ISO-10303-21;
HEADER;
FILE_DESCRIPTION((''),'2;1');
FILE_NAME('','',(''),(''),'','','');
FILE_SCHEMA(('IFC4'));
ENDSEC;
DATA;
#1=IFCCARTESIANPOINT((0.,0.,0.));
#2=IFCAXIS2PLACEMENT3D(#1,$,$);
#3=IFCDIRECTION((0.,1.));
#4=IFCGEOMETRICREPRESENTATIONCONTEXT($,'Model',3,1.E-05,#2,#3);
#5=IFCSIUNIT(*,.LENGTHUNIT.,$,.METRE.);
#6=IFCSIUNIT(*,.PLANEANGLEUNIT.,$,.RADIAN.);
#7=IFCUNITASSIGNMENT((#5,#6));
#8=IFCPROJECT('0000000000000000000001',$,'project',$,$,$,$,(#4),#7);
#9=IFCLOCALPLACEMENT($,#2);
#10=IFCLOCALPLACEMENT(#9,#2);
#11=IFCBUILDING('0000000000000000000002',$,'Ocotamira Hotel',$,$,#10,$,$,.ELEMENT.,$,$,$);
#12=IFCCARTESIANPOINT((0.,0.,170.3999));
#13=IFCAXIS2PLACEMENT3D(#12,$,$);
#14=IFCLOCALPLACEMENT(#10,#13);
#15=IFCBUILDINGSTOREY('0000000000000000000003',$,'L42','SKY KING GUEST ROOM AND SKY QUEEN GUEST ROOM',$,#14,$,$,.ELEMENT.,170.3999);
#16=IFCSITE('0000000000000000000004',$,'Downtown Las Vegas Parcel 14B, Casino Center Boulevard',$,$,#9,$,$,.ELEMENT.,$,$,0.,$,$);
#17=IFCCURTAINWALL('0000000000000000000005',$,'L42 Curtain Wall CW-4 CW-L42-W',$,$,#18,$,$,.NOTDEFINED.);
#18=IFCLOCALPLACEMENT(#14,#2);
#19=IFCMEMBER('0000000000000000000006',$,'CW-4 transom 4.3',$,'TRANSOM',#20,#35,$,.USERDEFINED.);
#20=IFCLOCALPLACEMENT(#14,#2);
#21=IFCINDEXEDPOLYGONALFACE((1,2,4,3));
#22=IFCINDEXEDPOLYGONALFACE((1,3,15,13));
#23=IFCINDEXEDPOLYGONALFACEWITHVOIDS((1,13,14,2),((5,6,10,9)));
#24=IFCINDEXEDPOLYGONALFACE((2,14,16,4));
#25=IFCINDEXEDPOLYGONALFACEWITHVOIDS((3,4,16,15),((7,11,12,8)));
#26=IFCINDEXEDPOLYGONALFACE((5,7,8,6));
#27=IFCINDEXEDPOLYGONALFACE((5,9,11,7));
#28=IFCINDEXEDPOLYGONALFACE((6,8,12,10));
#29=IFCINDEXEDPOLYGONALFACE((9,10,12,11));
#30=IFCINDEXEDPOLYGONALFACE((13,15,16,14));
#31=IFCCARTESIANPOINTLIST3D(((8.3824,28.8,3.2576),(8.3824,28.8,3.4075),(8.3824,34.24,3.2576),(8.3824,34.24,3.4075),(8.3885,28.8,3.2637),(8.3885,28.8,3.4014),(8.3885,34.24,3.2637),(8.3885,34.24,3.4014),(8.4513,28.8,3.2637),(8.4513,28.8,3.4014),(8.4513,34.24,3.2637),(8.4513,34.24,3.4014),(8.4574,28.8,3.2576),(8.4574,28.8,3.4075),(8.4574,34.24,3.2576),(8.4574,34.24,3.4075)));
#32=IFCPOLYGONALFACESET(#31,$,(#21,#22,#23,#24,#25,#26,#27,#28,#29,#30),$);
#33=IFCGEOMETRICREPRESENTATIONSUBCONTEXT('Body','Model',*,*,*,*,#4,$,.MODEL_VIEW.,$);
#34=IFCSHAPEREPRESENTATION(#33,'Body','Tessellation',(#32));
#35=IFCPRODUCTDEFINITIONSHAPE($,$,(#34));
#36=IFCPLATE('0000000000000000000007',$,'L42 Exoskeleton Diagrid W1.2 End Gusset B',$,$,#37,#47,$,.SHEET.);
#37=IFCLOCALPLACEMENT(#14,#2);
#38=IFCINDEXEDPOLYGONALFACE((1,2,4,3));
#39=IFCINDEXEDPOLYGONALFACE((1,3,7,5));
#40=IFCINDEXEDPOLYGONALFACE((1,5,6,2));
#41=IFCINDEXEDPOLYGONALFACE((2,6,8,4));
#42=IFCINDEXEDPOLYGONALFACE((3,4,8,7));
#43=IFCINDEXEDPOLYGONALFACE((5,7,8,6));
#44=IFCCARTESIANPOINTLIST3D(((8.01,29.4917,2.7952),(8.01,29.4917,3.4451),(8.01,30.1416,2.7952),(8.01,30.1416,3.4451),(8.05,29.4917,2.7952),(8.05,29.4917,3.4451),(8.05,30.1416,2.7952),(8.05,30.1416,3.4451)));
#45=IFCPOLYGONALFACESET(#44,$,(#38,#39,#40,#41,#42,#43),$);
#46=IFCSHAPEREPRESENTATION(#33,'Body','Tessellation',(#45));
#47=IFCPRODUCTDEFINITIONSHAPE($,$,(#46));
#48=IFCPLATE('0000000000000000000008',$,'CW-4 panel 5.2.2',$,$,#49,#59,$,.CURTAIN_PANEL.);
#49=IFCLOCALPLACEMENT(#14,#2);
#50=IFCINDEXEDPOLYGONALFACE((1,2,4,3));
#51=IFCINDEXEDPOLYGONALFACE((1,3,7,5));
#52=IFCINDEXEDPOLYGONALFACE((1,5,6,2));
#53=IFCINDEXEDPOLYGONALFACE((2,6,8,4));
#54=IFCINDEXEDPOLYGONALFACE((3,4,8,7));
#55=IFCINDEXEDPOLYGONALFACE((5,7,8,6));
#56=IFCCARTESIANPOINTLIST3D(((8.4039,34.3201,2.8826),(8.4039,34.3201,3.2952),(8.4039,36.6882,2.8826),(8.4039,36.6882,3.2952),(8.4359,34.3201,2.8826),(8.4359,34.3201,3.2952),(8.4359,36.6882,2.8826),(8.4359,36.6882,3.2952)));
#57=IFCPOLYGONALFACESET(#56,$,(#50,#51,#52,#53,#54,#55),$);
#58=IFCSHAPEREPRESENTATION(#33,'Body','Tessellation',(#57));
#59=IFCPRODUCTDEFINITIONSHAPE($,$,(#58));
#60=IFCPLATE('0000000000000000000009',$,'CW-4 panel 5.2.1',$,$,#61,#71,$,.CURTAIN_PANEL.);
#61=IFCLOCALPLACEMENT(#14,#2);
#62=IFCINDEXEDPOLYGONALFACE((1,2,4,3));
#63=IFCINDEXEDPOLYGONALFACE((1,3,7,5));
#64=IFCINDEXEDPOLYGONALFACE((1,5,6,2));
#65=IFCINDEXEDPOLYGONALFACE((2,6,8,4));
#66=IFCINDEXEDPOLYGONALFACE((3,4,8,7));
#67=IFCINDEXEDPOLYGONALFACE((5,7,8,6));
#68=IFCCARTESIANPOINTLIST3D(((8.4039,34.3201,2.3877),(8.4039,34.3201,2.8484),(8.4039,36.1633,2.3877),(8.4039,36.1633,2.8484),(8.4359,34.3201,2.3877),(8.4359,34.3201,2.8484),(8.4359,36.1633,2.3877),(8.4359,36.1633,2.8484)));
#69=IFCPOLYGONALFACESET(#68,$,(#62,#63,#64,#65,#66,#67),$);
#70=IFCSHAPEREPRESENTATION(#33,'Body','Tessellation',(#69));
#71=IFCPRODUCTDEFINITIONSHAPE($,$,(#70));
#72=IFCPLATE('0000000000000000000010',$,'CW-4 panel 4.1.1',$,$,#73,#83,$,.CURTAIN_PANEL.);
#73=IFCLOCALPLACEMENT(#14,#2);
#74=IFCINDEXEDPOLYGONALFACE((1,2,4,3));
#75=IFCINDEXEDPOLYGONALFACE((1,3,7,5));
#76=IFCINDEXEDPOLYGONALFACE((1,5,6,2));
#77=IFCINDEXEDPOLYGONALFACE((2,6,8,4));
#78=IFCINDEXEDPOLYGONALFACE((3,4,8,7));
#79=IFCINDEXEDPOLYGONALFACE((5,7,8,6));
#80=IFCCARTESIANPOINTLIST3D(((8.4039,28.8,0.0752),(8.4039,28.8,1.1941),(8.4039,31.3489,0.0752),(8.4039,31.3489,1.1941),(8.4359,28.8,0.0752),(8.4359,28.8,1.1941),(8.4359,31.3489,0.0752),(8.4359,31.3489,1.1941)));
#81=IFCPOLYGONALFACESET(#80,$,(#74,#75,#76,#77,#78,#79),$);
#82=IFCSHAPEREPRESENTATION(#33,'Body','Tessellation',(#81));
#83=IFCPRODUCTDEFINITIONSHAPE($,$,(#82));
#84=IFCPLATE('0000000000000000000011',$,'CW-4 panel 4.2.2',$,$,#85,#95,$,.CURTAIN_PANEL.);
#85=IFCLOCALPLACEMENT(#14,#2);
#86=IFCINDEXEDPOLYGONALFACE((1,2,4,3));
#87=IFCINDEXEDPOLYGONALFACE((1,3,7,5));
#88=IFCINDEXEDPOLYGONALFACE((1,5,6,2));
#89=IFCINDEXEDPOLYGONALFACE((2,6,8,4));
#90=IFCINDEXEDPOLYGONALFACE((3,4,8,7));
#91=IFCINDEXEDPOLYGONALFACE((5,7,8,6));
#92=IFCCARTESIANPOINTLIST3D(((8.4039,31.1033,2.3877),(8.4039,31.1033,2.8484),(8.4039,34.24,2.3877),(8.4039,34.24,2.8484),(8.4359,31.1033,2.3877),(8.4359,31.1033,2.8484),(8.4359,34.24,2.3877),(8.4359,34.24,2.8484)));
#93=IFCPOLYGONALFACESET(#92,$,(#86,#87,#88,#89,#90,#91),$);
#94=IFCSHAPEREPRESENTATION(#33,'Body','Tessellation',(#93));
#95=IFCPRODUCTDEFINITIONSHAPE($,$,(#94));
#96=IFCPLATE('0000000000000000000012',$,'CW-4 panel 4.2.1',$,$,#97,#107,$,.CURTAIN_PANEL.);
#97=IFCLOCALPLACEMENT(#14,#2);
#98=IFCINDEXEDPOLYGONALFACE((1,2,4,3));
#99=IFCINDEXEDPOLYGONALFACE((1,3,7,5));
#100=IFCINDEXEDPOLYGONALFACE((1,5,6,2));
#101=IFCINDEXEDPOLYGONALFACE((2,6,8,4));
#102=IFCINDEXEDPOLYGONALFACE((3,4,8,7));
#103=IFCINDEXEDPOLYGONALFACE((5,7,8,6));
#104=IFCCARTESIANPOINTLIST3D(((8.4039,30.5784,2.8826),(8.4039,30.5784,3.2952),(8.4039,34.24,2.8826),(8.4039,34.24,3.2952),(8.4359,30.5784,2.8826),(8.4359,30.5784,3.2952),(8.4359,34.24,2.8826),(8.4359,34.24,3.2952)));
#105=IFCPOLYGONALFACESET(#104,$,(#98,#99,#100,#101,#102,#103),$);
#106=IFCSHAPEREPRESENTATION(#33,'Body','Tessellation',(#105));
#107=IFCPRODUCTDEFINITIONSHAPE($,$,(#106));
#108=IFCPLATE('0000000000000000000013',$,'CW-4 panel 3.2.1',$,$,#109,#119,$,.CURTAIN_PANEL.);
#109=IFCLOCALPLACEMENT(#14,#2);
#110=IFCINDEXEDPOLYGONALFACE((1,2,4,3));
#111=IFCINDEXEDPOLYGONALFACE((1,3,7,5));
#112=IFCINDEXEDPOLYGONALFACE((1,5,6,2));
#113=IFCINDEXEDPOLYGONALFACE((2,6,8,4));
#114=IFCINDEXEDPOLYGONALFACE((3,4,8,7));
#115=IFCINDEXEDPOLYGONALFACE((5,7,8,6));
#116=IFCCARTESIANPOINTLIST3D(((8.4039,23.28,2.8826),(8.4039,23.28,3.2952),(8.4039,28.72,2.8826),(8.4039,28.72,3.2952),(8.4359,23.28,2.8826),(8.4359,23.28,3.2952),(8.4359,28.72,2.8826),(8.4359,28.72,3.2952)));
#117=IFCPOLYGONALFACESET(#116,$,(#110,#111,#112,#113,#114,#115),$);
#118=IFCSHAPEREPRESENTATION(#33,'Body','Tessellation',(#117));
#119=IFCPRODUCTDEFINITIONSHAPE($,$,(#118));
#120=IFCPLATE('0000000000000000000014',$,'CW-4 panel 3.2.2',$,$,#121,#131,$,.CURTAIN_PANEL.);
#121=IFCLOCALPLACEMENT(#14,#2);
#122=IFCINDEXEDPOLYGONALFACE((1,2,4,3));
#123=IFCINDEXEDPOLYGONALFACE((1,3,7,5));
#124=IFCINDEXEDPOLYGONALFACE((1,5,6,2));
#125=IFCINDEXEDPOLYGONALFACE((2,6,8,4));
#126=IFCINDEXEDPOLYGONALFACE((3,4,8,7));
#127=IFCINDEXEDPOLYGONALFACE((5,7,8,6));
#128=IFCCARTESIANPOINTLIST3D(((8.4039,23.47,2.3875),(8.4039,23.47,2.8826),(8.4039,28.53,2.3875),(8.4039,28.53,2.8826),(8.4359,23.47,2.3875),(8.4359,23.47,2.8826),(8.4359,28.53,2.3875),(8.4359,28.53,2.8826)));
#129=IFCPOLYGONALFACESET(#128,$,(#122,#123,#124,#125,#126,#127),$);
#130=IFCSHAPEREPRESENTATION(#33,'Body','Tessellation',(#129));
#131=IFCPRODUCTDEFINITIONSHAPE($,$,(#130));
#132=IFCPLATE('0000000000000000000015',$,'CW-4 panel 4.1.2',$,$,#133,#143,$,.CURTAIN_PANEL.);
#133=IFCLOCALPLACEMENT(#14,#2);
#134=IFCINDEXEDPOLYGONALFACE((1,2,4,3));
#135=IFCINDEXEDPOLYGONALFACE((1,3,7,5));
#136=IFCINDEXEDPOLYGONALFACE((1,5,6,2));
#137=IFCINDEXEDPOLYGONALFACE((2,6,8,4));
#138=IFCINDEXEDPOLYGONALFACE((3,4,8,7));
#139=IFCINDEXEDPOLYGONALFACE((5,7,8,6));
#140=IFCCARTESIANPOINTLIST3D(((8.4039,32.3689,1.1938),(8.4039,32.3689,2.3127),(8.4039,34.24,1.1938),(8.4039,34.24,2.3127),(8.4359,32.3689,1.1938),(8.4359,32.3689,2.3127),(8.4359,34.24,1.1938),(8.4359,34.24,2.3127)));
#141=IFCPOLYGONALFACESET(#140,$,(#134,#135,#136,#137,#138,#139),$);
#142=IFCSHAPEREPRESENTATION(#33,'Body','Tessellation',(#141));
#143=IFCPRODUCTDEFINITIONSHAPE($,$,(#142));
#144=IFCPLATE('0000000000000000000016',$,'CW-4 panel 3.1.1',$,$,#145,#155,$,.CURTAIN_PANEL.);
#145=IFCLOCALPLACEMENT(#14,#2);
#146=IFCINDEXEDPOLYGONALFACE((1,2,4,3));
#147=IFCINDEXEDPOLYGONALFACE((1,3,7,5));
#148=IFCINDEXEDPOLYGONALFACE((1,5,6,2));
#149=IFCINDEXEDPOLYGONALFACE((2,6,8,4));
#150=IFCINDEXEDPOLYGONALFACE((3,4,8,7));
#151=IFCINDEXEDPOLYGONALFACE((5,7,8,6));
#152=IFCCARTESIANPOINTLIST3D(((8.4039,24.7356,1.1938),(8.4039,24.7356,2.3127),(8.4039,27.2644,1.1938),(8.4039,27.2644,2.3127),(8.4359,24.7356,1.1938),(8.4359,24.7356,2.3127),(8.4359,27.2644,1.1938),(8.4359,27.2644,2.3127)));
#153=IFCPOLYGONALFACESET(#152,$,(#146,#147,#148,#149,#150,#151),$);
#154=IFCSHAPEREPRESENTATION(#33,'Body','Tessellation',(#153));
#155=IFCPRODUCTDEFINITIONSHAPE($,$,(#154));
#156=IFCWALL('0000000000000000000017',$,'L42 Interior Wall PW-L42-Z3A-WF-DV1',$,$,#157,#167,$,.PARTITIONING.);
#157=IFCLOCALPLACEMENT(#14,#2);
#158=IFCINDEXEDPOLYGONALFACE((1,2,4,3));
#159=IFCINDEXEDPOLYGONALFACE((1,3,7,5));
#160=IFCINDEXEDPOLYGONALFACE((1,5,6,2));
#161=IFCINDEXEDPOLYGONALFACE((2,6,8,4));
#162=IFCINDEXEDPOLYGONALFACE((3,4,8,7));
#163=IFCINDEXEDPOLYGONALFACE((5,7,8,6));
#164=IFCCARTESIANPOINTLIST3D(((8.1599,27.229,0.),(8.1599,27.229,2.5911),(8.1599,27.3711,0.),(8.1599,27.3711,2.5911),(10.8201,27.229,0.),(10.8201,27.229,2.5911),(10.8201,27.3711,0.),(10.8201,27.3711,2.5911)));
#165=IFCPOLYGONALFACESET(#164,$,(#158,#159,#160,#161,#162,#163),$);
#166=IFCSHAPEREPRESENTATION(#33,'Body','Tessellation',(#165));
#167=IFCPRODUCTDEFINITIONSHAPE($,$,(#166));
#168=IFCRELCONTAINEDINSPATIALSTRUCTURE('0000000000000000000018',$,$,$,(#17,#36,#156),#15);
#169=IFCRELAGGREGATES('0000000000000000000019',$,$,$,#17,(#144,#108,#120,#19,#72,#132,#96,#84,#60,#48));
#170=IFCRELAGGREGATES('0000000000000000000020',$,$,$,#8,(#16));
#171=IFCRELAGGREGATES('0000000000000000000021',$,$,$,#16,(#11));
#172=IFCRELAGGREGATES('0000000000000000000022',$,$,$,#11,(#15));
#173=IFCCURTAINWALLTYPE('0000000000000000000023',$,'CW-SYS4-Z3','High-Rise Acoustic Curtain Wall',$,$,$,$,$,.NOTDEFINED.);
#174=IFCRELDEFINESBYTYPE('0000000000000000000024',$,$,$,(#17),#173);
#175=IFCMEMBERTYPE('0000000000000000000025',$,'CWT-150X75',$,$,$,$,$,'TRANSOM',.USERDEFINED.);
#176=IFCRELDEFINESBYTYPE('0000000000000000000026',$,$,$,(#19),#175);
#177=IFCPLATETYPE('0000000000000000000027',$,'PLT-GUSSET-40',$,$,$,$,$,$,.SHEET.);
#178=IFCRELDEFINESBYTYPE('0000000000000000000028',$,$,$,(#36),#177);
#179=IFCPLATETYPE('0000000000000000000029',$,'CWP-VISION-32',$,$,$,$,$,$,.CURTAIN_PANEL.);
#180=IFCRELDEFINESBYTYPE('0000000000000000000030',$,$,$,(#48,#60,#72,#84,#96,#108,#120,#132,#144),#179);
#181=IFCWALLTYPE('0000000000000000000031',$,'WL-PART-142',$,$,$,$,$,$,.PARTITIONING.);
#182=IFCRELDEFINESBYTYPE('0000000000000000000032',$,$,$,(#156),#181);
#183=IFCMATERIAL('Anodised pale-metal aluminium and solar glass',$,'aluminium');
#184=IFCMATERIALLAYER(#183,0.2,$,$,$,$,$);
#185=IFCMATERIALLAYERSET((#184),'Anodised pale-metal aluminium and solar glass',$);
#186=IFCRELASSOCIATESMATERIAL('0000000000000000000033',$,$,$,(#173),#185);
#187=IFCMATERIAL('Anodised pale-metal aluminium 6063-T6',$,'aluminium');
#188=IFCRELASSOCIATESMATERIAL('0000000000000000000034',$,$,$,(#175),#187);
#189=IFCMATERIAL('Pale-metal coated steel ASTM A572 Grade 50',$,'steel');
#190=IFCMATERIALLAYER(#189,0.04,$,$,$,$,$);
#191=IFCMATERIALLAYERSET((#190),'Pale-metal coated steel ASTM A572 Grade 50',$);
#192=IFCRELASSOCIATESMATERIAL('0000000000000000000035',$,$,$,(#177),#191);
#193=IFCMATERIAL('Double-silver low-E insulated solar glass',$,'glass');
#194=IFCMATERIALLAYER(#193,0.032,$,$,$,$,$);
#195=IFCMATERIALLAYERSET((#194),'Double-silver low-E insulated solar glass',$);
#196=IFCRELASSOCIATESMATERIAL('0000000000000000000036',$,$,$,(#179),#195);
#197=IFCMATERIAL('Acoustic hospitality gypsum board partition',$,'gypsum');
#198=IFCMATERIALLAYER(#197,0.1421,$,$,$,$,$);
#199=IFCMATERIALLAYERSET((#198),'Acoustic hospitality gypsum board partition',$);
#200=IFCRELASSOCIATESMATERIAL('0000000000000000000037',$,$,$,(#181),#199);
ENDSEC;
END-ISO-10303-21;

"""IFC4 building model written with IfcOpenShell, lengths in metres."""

from ifc_helpers import new_model, si_unit, direction, frame, frame_2d, origin, origin_2d, place, context, subcontext, project, spatial, rectangle, hollow_rectangle, extrude, source, transform, mapped, material, layer, layer_set, material_profile, profile_set, type_object, element, aggregate, save


model = new_model("IFC4")

# Units and contexts
model_context = context("Model", 3, precision=1e-05, world=origin(), true_north=direction((0.0, 1.0)))
body_context = subcontext(model_context, "Body", "Model", "MODEL_VIEW")
ifc_project = project(units=[si_unit("LENGTHUNIT", "METRE"), si_unit("PLANEANGLEUNIT", "RADIAN")], contexts=[model_context])

# Site, building, storey
site_placement = place(None, origin())
site = spatial("IfcSite", under=ifc_project, at=site_placement, Name="Downtown Las Vegas Parcel 14B, Casino Center Boulevard", CompositionType="ELEMENT", RefElevation=0.0)
building_placement = place(site_placement, origin())
building = spatial("IfcBuilding", under=site, at=building_placement, Name="Ocotamira Hotel", CompositionType="ELEMENT")
storey_placement = place(building_placement, frame((0.0, 0.0, 170.3999)))
storey = spatial("IfcBuildingStorey", under=building, at=storey_placement, Name="L42", Description="SKY KING GUEST ROOM AND SKY QUEEN GUEST ROOM", CompositionType="ELEMENT", Elevation=170.3999)

# Curtain wall, member
ifc_material_1 = material(Name="Anodised pale-metal aluminium and solar glass", Category="aluminium")
ifc_layer_1 = layer(ifc_material_1, 0.2)
ifc_layer_set_1 = layer_set([ifc_layer_1], Name="Anodised pale-metal aluminium and solar glass")
curtain_wall_type = type_object("IfcCurtainWallType", Name="CW-SYS4-Z3", Description="High-Rise Acoustic Curtain Wall", PredefinedType="NOTDEFINED", material=ifc_layer_set_1)
curtain_wall_placement = place(storey_placement, origin())
curtain_wall = element("IfcCurtainWall", 1, at=curtain_wall_placement, inside=storey, type_object=curtain_wall_type, Name="L42 Curtain Wall CW-4 CW-L42-W", PredefinedType="NOTDEFINED")
ifc_material_2 = material(Name="Anodised pale-metal aluminium 6063-T6", Category="aluminium")
ifc_material_profile_1 = material_profile(ifc_material_2, hollow_rectangle(XDim=0.075, YDim=0.1499, WallThickness=0.0061, at=origin_2d()), Name="HSS150X75X6")
ifc_profile_set_1 = profile_set([ifc_material_profile_1], Name="Anodised pale-metal aluminium 6063-T6")
member_type_1 = type_object("IfcMemberType", Name="CWT-150X75", ElementType="TRANSOM", PredefinedType="USERDEFINED", material=ifc_profile_set_1)
shared_shape_1 = source(origin(), body_context, "Body", "SweptSolid", [
    extrude(hollow_rectangle(XDim=0.075, YDim=0.1499, WallThickness=0.0061, at=origin_2d()), origin(), (0.0, 0.0, 1.0), 5.4399),
])
member_1_placement = place(storey_placement, frame((8.4199, 28.8, 3.3325), z_axis=(0.0, 1.0, 0.0), x_axis=(-1.0, 0.0, 0.0)))
member_1 = element("IfcMember", 2, at=member_1_placement, type_object=member_type_1, Name="CW-4 transom 4.3", ObjectType="TRANSOM", PredefinedType="USERDEFINED", context=body_context, shape_type="MappedRepresentation", body=[
    mapped(shared_shape_1, transform((0.0, 0.0, 0.0), scale=1.0)),
])

# Plates
ifc_material_3 = material(Name="Pale-metal coated steel ASTM A572 Grade 50", Category="steel")
ifc_layer_2 = layer(ifc_material_3, 0.04)
ifc_layer_set_2 = layer_set([ifc_layer_2], Name="Pale-metal coated steel ASTM A572 Grade 50")
plate_type_1 = type_object("IfcPlateType", Name="PLT-GUSSET-40", PredefinedType="SHEET", material=ifc_layer_set_2)
shared_shape_2 = source(origin(), body_context, "Body", "SweptSolid", [
    extrude(rectangle(XDim=0.04, YDim=0.6499, at=origin_2d()), origin(), (0.0, 0.0, 1.0), 0.6499),
])
plate_1_placement = place(storey_placement, frame((8.03, 29.8167, 2.7952), z_axis=(0.0, 0.0, 1.0), x_axis=(1.0, 0.0, 0.0)))
element("IfcPlate", 3, at=plate_1_placement, inside=storey, type_object=plate_type_1, Name="L42 Exoskeleton Diagrid W1.2 End Gusset B", PredefinedType="SHEET", context=body_context, shape_type="MappedRepresentation", body=[
    mapped(shared_shape_2, transform((0.0, 0.0, 0.0), scale=1.0)),
])
ifc_material_4 = material(Name="Double-silver low-E insulated solar glass", Category="glass")
ifc_layer_3 = layer(ifc_material_4, 0.032)
ifc_layer_set_3 = layer_set([ifc_layer_3], Name="Double-silver low-E insulated solar glass")
plate_type_2 = type_object("IfcPlateType", Name="CWP-VISION-32", PredefinedType="CURTAIN_PANEL", material=ifc_layer_set_3)
shared_shape_3 = source(origin(), body_context, "Body", "SweptSolid", [
    extrude(rectangle(XDim=2.3682, YDim=0.032, at=origin_2d()), origin(), (0.0, 0.0, 1.0), 0.4126),
])
plate_2_placement = place(storey_placement, frame((8.4199, 35.5042, 2.8826), z_axis=(0.0, 0.0, 1.0), x_axis=(0.0, 1.0, 0.0)))
plate_2 = element("IfcPlate", 4, at=plate_2_placement, type_object=plate_type_2, Name="CW-4 panel 5.2.2", PredefinedType="CURTAIN_PANEL", context=body_context, shape_type="MappedRepresentation", body=[
    mapped(shared_shape_3, transform((0.0, 0.0, 0.0), scale=1.0)),
])
shared_shape_4 = source(origin(), body_context, "Body", "SweptSolid", [
    extrude(rectangle(XDim=1.8433, YDim=0.032, at=origin_2d()), origin(), (0.0, 0.0, 1.0), 0.4607),
])
plate_3_placement = place(storey_placement, frame((8.4199, 35.2417, 2.3877), z_axis=(0.0, 0.0, 1.0), x_axis=(0.0, 1.0, 0.0)))
plate_3 = element("IfcPlate", 5, at=plate_3_placement, type_object=plate_type_2, Name="CW-4 panel 5.2.1", PredefinedType="CURTAIN_PANEL", context=body_context, shape_type="MappedRepresentation", body=[
    mapped(shared_shape_4, transform((0.0, 0.0, 0.0), scale=1.0)),
])
shared_shape_5 = source(origin(), body_context, "Body", "SweptSolid", [
    extrude(rectangle(XDim=2.5488, YDim=0.032, at=origin_2d()), origin(), (0.0, 0.0, 1.0), 1.1189),
])
plate_4_placement = place(storey_placement, frame((8.4199, 30.0745, 0.0752), z_axis=(0.0, 0.0, 1.0), x_axis=(0.0, 1.0, 0.0)))
plate_4 = element("IfcPlate", 6, at=plate_4_placement, type_object=plate_type_2, Name="CW-4 panel 4.1.1", PredefinedType="CURTAIN_PANEL", context=body_context, shape_type="MappedRepresentation", body=[
    mapped(shared_shape_5, transform((0.0, 0.0, 0.0), scale=1.0)),
])
shared_shape_6 = source(origin(), body_context, "Body", "SweptSolid", [
    extrude(rectangle(XDim=3.1367, YDim=0.032, at=origin_2d()), origin(), (0.0, 0.0, 1.0), 0.4607),
])
plate_5_placement = place(storey_placement, frame((8.4199, 32.6716, 2.3877), z_axis=(0.0, 0.0, 1.0), x_axis=(0.0, 1.0, 0.0)))
plate_5 = element("IfcPlate", 7, at=plate_5_placement, type_object=plate_type_2, Name="CW-4 panel 4.2.2", PredefinedType="CURTAIN_PANEL", context=body_context, shape_type="MappedRepresentation", body=[
    mapped(shared_shape_6, transform((0.0, 0.0, 0.0), scale=1.0)),
])
shared_shape_7 = source(origin(), body_context, "Body", "SweptSolid", [
    extrude(rectangle(XDim=3.6616, YDim=0.032, at=origin_2d()), origin(), (0.0, 0.0, 1.0), 0.4126),
])
plate_6_placement = place(storey_placement, frame((8.4199, 32.4092, 2.8826), z_axis=(0.0, 0.0, 1.0), x_axis=(0.0, 1.0, 0.0)))
plate_6 = element("IfcPlate", 8, at=plate_6_placement, type_object=plate_type_2, Name="CW-4 panel 4.2.1", PredefinedType="CURTAIN_PANEL", context=body_context, shape_type="MappedRepresentation", body=[
    mapped(shared_shape_7, transform((0.0, 0.0, 0.0), scale=1.0)),
])
shared_shape_8 = source(origin(), body_context, "Body", "SweptSolid", [
    extrude(rectangle(XDim=5.4399, YDim=0.032, at=origin_2d()), origin(), (0.0, 0.0, 1.0), 0.4126),
])
plate_7_placement = place(storey_placement, frame((8.4199, 26.0, 2.8826), z_axis=(0.0, 0.0, 1.0), x_axis=(0.0, 1.0, 0.0)))
plate_7 = element("IfcPlate", 9, at=plate_7_placement, type_object=plate_type_2, Name="CW-4 panel 3.2.1", PredefinedType="CURTAIN_PANEL", context=body_context, shape_type="MappedRepresentation", body=[
    mapped(shared_shape_8, transform((0.0, 0.0, 0.0), scale=1.0)),
])
shared_shape_9 = source(origin(), body_context, "Body", "SweptSolid", [
    extrude(rectangle(XDim=5.0601, YDim=0.032, at=origin_2d()), origin(), (0.0, 0.0, 1.0), 0.4951),
])
plate_8_placement = place(storey_placement, frame((8.4199, 26.0, 2.3875), z_axis=(0.0, 0.0, 1.0), x_axis=(0.0, 1.0, 0.0)))
plate_8 = element("IfcPlate", 10, at=plate_8_placement, type_object=plate_type_2, Name="CW-4 panel 3.2.2", PredefinedType="CURTAIN_PANEL", context=body_context, shape_type="MappedRepresentation", body=[
    mapped(shared_shape_9, transform((0.0, 0.0, 0.0), scale=1.0)),
])
shared_shape_10 = source(origin(), body_context, "Body", "SweptSolid", [
    extrude(rectangle(XDim=1.8711, YDim=0.032, at=origin_2d()), origin(), (0.0, 0.0, 1.0), 1.1189),
])
plate_9_placement = place(storey_placement, frame((8.4199, 33.3044, 1.1938), z_axis=(0.0, 0.0, 1.0), x_axis=(0.0, 1.0, 0.0)))
plate_9 = element("IfcPlate", 11, at=plate_9_placement, type_object=plate_type_2, Name="CW-4 panel 4.1.2", PredefinedType="CURTAIN_PANEL", context=body_context, shape_type="MappedRepresentation", body=[
    mapped(shared_shape_10, transform((0.0, 0.0, 0.0), scale=1.0)),
])
shared_shape_11 = source(origin(), body_context, "Body", "SweptSolid", [
    extrude(rectangle(XDim=2.5288, YDim=0.032, at=origin_2d()), origin(), (0.0, 0.0, 1.0), 1.1189),
])
plate_10_placement = place(storey_placement, frame((8.4199, 26.0, 1.1938), z_axis=(0.0, 0.0, 1.0), x_axis=(0.0, 1.0, 0.0)))
plate_10 = element("IfcPlate", 12, at=plate_10_placement, type_object=plate_type_2, Name="CW-4 panel 3.1.1", PredefinedType="CURTAIN_PANEL", context=body_context, shape_type="MappedRepresentation", body=[
    mapped(shared_shape_11, transform((0.0, 0.0, 0.0), scale=1.0)),
])
aggregate(curtain_wall, [plate_10, plate_7, plate_8, member_1, plate_4, plate_9, plate_6, plate_5, plate_3, plate_2])

# Wall
ifc_material_5 = material(Name="Acoustic hospitality gypsum board partition", Category="gypsum")
ifc_layer_4 = layer(ifc_material_5, 0.1421)
ifc_layer_set_4 = layer_set([ifc_layer_4], Name="Acoustic hospitality gypsum board partition")
wall_type_1 = type_object("IfcWallType", Name="WL-PART-142", PredefinedType="PARTITIONING", material=ifc_layer_set_4)
wall_1_placement = place(storey_placement, frame((8.1599, 27.3, 0.0), z_axis=(0.0, 0.0, 1.0), x_axis=(1.0, 0.0, 0.0)))
element("IfcWall", 13, at=wall_1_placement, inside=storey, type_object=wall_type_1, Name="L42 Interior Wall PW-L42-Z3A-WF-DV1", PredefinedType="PARTITIONING", context=body_context, shape_type="SweptSolid", body=[
    extrude(rectangle(XDim=2.6602, YDim=0.1421, at=frame_2d((1.3301, 0.0))), origin(), (0.0, 0.0, 1.0), 2.5911),
])

save(model, "model.ifc")
